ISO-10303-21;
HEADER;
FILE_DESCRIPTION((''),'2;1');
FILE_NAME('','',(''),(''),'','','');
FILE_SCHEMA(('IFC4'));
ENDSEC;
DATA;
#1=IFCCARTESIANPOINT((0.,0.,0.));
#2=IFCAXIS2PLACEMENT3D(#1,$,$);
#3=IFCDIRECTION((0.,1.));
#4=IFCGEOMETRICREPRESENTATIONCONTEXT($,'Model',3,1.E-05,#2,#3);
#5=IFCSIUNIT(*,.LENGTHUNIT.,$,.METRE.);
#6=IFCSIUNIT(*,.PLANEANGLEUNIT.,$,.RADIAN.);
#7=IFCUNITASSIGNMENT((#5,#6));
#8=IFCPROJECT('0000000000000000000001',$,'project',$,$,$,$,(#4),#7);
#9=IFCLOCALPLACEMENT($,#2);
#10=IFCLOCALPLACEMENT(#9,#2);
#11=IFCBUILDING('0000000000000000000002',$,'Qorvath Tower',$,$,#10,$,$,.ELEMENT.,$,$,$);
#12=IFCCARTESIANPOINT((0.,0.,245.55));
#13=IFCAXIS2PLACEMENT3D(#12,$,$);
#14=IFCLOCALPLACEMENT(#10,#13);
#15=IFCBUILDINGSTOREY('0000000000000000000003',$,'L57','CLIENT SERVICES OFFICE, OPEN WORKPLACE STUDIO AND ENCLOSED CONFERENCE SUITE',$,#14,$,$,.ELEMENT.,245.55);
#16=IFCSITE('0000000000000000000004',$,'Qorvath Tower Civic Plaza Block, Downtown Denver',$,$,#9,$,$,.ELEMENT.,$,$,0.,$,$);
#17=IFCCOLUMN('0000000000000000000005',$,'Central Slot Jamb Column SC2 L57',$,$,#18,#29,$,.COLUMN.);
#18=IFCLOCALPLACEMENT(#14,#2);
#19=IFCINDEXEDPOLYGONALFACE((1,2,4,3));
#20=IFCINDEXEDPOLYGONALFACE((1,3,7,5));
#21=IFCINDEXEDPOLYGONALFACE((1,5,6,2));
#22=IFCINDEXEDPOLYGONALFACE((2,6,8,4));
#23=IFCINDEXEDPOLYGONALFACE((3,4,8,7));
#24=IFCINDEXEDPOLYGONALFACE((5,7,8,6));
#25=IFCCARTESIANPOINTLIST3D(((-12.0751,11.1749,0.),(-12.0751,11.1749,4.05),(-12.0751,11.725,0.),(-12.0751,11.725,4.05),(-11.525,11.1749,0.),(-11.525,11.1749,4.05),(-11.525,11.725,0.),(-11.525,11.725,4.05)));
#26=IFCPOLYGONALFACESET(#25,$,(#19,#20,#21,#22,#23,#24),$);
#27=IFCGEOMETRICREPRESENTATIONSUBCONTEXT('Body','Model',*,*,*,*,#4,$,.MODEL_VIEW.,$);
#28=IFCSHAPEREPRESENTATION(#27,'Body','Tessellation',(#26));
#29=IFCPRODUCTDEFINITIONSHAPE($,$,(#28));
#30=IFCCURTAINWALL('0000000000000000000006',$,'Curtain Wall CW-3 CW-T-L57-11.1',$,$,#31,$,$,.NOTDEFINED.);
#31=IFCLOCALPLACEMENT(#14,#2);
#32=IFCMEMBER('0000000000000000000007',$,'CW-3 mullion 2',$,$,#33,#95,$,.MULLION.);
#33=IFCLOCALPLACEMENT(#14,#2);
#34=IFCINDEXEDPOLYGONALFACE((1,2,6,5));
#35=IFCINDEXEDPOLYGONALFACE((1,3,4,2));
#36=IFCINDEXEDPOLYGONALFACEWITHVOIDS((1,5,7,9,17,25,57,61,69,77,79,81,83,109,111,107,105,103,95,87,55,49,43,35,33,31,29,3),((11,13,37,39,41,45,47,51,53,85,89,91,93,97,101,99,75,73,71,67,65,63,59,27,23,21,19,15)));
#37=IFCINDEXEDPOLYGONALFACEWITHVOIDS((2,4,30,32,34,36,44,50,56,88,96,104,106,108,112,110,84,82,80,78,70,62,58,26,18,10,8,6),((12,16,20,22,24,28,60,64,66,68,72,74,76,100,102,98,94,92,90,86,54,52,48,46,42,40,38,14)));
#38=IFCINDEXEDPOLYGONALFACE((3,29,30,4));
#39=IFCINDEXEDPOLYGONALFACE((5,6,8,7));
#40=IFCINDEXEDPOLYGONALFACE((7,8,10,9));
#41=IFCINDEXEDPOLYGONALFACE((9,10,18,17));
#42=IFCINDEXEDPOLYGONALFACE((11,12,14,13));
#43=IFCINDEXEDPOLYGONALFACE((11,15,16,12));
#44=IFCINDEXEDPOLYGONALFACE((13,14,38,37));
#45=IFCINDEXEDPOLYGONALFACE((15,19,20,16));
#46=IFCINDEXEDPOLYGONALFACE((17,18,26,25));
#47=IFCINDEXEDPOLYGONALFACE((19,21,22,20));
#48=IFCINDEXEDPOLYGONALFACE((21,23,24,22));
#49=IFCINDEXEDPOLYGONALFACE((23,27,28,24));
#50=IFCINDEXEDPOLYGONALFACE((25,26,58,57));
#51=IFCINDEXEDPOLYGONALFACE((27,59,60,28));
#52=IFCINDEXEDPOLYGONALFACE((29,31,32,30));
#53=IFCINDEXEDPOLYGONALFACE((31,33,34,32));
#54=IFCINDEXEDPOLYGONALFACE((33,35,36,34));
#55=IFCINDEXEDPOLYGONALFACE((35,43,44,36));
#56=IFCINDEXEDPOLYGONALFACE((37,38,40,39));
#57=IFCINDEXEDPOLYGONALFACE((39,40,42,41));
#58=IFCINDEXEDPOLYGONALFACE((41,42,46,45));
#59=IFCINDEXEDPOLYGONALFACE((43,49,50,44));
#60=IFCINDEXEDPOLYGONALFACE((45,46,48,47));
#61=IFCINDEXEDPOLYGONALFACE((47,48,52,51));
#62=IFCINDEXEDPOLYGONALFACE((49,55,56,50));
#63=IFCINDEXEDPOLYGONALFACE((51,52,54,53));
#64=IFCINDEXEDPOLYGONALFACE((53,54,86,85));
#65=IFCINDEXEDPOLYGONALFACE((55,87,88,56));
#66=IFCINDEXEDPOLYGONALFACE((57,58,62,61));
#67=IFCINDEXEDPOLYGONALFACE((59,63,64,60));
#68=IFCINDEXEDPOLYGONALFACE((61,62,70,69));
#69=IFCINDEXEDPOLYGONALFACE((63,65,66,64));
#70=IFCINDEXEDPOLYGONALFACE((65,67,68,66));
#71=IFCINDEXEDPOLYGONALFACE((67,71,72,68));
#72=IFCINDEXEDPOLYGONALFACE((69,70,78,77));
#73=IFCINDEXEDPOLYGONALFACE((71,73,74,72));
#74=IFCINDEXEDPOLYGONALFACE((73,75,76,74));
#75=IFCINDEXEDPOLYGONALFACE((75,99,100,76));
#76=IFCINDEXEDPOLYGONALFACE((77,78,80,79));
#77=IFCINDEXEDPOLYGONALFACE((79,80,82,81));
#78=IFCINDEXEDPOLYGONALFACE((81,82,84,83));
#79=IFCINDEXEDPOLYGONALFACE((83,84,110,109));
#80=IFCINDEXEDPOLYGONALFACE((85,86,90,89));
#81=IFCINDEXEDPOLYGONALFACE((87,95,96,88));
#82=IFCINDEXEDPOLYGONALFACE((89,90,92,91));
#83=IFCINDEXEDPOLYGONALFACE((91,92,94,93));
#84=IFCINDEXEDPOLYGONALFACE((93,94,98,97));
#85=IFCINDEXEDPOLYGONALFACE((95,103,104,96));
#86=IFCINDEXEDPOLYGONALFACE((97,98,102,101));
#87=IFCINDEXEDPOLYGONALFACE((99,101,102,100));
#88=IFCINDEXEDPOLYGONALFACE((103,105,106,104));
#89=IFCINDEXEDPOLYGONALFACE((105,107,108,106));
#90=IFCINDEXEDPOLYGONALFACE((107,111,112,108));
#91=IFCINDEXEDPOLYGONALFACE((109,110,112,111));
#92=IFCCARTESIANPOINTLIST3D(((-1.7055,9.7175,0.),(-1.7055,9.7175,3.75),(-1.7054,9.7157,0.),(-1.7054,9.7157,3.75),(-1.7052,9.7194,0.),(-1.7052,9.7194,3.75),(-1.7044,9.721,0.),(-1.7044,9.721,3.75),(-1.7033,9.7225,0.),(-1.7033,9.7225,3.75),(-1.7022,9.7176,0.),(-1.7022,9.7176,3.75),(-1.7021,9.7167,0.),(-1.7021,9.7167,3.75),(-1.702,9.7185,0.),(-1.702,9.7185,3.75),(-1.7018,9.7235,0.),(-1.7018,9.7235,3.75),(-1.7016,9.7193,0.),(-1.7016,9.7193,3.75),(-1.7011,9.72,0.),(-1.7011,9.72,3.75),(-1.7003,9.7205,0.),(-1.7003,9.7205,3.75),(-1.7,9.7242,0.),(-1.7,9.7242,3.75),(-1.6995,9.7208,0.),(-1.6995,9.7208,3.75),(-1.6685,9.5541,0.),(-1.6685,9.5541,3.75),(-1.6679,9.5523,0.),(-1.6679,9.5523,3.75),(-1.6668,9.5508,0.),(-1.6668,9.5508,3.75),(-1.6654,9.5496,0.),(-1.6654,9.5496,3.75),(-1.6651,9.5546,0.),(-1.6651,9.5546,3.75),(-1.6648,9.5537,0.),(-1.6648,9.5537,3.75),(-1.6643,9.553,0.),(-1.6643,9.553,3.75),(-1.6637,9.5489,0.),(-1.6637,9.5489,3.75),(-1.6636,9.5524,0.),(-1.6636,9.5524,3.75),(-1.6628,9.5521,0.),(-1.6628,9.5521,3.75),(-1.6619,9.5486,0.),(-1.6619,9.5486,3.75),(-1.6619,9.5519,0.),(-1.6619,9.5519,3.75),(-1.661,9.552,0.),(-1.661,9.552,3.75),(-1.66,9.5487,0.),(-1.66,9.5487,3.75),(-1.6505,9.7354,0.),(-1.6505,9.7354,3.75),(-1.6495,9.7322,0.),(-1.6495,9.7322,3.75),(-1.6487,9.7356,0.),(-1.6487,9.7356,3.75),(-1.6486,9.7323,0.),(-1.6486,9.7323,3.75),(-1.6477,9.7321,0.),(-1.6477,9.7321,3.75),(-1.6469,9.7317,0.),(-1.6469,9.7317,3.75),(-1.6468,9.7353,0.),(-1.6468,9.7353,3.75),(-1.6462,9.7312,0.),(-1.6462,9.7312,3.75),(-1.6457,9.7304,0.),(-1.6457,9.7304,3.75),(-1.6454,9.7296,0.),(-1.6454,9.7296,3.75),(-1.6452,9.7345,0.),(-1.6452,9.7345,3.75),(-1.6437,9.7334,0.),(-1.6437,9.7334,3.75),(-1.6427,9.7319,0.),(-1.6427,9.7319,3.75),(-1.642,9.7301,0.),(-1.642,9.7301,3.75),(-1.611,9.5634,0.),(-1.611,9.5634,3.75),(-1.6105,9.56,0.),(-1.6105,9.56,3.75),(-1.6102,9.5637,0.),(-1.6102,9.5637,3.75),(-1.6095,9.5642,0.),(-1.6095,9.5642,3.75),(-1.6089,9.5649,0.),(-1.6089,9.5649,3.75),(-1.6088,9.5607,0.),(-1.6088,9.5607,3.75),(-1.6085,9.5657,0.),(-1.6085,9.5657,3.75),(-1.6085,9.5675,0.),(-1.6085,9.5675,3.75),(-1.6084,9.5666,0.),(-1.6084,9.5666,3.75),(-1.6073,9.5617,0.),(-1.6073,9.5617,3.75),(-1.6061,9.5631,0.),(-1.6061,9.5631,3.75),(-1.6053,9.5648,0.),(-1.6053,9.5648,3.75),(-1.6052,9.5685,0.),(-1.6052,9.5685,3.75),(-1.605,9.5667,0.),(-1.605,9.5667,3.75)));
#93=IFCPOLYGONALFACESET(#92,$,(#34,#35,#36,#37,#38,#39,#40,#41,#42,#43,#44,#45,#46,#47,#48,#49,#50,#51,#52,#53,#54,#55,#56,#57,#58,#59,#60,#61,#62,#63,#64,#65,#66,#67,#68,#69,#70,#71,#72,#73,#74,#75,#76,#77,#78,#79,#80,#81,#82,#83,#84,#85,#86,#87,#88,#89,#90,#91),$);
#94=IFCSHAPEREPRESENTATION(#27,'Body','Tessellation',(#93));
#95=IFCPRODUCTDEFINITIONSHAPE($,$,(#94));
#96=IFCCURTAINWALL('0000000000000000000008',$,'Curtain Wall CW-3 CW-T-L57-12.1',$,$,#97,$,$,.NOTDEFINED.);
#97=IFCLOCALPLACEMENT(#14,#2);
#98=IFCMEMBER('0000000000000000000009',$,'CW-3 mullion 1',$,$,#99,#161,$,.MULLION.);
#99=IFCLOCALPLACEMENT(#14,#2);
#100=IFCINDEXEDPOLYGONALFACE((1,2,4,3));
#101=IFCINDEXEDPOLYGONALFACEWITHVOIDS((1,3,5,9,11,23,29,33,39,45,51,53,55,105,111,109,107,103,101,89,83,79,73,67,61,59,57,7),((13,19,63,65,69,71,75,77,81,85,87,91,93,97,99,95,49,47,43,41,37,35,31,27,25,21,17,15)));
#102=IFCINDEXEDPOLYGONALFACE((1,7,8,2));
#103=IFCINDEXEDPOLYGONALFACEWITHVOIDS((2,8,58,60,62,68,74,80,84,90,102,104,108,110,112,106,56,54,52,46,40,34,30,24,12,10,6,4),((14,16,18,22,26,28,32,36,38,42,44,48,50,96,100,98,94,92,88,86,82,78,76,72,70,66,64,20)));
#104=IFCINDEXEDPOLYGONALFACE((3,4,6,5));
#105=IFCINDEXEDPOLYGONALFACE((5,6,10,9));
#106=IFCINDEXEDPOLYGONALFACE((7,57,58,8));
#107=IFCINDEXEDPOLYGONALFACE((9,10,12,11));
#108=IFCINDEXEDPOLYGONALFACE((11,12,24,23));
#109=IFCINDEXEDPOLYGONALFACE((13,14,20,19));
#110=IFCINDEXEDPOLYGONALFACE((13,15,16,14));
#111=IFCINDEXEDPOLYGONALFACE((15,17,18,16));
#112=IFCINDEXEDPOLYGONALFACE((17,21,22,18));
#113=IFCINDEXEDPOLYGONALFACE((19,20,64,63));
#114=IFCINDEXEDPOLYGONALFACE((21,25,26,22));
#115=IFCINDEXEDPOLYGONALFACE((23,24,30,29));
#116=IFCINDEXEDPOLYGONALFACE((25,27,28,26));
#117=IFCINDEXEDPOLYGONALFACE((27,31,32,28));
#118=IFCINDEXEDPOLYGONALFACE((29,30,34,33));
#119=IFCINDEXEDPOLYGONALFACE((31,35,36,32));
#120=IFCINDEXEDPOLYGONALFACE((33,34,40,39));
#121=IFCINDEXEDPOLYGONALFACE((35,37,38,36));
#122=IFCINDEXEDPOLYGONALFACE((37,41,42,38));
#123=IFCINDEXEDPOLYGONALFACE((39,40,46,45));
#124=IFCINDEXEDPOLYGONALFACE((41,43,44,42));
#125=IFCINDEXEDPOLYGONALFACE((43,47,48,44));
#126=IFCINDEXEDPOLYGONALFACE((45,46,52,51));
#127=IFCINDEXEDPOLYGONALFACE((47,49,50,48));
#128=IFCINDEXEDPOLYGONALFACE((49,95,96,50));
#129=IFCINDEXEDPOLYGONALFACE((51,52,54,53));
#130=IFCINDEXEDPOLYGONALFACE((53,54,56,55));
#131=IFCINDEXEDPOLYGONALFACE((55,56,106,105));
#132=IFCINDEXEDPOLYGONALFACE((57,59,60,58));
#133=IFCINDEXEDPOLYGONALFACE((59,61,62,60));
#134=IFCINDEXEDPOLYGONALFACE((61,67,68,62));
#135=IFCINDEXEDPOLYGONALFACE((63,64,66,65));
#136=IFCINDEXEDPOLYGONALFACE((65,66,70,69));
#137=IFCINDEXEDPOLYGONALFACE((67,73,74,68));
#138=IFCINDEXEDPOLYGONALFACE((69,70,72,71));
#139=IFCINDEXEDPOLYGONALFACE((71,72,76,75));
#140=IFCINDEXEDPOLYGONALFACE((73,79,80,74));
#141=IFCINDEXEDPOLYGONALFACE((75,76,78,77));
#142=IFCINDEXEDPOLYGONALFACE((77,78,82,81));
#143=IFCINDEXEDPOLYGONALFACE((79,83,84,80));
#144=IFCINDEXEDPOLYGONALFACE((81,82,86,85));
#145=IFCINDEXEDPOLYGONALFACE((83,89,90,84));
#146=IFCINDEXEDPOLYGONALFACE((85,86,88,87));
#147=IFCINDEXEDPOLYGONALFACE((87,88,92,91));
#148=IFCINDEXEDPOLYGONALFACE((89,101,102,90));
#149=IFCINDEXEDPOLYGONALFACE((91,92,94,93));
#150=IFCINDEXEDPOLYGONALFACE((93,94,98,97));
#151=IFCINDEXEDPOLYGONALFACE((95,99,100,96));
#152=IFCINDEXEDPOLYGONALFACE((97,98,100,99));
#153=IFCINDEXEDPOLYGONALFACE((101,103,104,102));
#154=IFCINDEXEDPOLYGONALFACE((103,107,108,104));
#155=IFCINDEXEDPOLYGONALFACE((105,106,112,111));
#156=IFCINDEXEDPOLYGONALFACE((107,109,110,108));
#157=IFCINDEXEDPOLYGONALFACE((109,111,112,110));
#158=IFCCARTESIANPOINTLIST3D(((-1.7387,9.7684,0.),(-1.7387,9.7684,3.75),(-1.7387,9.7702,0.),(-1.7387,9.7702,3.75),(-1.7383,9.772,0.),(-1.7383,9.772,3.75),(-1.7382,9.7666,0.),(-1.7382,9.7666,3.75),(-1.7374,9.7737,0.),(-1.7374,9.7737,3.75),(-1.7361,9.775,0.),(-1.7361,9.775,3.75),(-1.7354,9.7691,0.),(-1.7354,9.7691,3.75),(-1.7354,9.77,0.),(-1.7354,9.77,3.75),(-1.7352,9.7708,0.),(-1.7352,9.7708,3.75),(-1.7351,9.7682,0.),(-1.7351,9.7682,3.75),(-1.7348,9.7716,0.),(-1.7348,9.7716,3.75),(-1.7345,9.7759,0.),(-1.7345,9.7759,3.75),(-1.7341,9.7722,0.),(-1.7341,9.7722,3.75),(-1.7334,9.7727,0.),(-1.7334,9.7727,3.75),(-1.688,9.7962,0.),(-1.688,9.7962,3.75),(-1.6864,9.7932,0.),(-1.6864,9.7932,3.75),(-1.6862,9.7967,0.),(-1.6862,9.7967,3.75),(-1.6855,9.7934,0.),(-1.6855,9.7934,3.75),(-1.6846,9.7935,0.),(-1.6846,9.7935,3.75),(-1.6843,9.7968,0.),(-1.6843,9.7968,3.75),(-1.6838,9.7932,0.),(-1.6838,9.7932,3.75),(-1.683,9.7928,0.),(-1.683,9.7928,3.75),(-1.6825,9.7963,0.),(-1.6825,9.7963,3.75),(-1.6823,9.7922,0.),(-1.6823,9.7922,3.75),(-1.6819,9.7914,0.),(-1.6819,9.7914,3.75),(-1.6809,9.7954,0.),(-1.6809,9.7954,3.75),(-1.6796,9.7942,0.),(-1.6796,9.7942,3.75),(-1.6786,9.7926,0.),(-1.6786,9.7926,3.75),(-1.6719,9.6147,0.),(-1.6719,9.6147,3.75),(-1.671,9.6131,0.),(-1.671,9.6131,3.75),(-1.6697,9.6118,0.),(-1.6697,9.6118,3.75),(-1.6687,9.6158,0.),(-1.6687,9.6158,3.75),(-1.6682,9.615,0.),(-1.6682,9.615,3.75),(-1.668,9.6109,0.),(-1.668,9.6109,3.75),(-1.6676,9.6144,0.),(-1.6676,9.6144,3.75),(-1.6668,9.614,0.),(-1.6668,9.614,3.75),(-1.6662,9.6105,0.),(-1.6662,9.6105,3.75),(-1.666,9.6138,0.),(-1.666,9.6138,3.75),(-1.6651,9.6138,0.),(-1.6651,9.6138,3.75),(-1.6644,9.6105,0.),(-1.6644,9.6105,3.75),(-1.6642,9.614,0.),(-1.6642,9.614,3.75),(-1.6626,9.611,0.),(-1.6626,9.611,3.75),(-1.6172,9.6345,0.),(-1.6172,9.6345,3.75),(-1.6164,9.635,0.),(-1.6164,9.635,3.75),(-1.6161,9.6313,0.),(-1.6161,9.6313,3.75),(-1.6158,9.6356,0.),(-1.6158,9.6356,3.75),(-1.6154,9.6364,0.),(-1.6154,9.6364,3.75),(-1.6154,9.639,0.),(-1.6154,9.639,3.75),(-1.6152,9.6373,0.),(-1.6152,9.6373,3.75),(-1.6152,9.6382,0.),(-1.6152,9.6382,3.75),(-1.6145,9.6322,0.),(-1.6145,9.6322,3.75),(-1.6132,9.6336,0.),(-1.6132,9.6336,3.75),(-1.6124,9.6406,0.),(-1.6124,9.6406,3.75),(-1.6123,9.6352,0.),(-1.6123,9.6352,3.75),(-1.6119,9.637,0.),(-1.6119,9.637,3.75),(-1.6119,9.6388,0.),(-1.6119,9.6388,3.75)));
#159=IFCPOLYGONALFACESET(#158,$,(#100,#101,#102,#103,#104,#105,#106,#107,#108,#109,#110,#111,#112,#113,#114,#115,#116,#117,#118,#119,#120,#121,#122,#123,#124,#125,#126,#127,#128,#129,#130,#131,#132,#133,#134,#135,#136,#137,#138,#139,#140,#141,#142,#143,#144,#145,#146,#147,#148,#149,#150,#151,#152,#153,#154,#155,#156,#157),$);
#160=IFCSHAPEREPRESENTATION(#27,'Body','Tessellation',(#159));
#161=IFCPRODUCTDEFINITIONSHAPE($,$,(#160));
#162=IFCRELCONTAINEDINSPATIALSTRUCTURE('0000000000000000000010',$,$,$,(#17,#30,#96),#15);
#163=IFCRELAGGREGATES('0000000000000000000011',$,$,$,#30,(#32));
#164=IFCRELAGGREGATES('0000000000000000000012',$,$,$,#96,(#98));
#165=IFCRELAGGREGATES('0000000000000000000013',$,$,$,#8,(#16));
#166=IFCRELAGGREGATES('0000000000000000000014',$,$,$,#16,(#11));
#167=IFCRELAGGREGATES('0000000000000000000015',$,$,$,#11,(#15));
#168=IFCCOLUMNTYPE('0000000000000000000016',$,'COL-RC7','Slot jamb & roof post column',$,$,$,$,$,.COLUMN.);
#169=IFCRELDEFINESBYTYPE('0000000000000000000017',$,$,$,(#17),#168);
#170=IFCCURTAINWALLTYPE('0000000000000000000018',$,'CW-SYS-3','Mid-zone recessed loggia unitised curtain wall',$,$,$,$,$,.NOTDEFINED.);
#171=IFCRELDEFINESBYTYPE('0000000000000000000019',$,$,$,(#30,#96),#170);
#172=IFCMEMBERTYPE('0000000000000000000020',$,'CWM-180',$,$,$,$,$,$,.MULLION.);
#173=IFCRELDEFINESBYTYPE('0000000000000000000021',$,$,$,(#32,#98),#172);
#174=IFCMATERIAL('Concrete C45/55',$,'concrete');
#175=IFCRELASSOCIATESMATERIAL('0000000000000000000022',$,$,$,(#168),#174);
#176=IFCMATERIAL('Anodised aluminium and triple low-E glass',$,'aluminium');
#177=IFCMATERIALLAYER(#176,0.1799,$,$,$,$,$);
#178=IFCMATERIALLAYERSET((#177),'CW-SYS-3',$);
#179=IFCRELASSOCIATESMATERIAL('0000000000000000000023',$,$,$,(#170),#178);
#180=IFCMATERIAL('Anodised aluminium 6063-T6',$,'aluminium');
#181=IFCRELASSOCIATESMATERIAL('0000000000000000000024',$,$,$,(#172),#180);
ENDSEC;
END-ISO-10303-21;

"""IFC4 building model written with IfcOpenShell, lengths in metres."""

from ifc_helpers import new_model, si_unit, direction, frame, origin, origin_2d, place, context, subcontext, project, spatial, rectangle, hollow_rectangle, extrude, material, layer, layer_set, material_profile, profile_set, type_object, element, aggregate, save


model = new_model("IFC4")

# Units and contexts
model_context = context("Model", 3, precision=1e-05, world=origin(), true_north=direction((0.0, 1.0)))
body_context = subcontext(model_context, "Body", "Model", "MODEL_VIEW")
ifc_project = project(units=[si_unit("LENGTHUNIT", "METRE"), si_unit("PLANEANGLEUNIT", "RADIAN")], contexts=[model_context])

# Site, building, storey
site_placement = place(None, origin())
site = spatial("IfcSite", under=ifc_project, at=site_placement, Name="Qorvath Tower Civic Plaza Block, Downtown Denver", CompositionType="ELEMENT", RefElevation=0.0)
building_placement = place(site_placement, origin())
building = spatial("IfcBuilding", under=site, at=building_placement, Name="Qorvath Tower", CompositionType="ELEMENT")
storey_placement = place(building_placement, frame((0.0, 0.0, 245.55)))
storey = spatial("IfcBuildingStorey", under=building, at=storey_placement, Name="L57", Description="CLIENT SERVICES OFFICE, OPEN WORKPLACE STUDIO AND ENCLOSED CONFERENCE SUITE", CompositionType="ELEMENT", Elevation=245.55)

# Column
ifc_material_1 = material(Name="Concrete C45/55", Category="concrete")
ifc_material_profile_1 = material_profile(ifc_material_1, rectangle(XDim=0.55, YDim=0.55, at=origin_2d()), Name="RC 550x550")
ifc_profile_set_1 = profile_set([ifc_material_profile_1], Name="Concrete C45/55")
column_type = type_object("IfcColumnType", Name="COL-RC7", Description="Slot jamb & roof post column", PredefinedType="COLUMN", material=ifc_profile_set_1)
column_placement = place(storey_placement, frame((-11.8, 11.45, 0.0), z_axis=(0.0, 0.0, 1.0), x_axis=(1.0, 0.0, 0.0)))
element("IfcColumn", 1, at=column_placement, inside=storey, type_object=column_type, Name="Central Slot Jamb Column SC2 L57", PredefinedType="COLUMN", context=body_context, shape_type="SweptSolid", body=[
    extrude(rectangle(XDim=0.55, YDim=0.55, at=origin_2d()), origin(), (0.0, 0.0, 1.0), 4.05),
])

# Curtain wall, member
ifc_material_2 = material(Name="Anodised aluminium and triple low-E glass", Category="aluminium")
ifc_layer_1 = layer(ifc_material_2, 0.1799)
ifc_layer_set_1 = layer_set([ifc_layer_1], Name="CW-SYS-3")
curtain_wall_type = type_object("IfcCurtainWallType", Name="CW-SYS-3", Description="Mid-zone recessed loggia unitised curtain wall", PredefinedType="NOTDEFINED", material=ifc_layer_set_1)
curtain_wall_1_placement = place(storey_placement, origin())
curtain_wall_1 = element("IfcCurtainWall", 2, at=curtain_wall_1_placement, inside=storey, type_object=curtain_wall_type, Name="Curtain Wall CW-3 CW-T-L57-11.1", PredefinedType="NOTDEFINED")
ifc_material_3 = material(Name="Anodised aluminium 6063-T6", Category="aluminium")
ifc_material_profile_2 = material_profile(ifc_material_3, hollow_rectangle(XDim=0.0649, YDim=0.1799, WallThickness=0.0034, InnerFilletRadius=0.0034, OuterFilletRadius=0.0071, at=origin_2d()), Name="CWM 180x65")
ifc_profile_set_2 = profile_set([ifc_material_profile_2], Name="Anodised aluminium 6063-T6")
member_type_1 = type_object("IfcMemberType", Name="CWM-180", PredefinedType="MULLION", material=ifc_profile_set_2)
member_1_placement = place(storey_placement, frame((-1.6553, 9.6421, 0.0), z_axis=(0.0, 0.0, 1.0), x_axis=(-0.975, -0.222206, 0.0)))
member_1 = element("IfcMember", 3, at=member_1_placement, type_object=member_type_1, Name="CW-3 mullion 2", PredefinedType="MULLION", context=body_context, shape_type="SweptSolid", body=[
    extrude(hollow_rectangle(XDim=0.0649, YDim=0.1799, WallThickness=0.0034, InnerFilletRadius=0.0034, OuterFilletRadius=0.0071, at=origin_2d()), origin(), (0.0, 0.0, 1.0), 3.75),
])
aggregate(curtain_wall_1, [member_1])

# Curtain wall, member
curtain_wall_2_placement = place(storey_placement, origin())
curtain_wall_2 = element("IfcCurtainWall", 4, at=curtain_wall_2_placement, inside=storey, type_object=curtain_wall_type, Name="Curtain Wall CW-3 CW-T-L57-12.1", PredefinedType="NOTDEFINED")
member_2_placement = place(storey_placement, frame((-1.6753, 9.7036, 0.0), z_axis=(0.0, 0.0, 1.0), x_axis=(-0.9167, -0.399576, 0.0)))
member_2 = element("IfcMember", 5, at=member_2_placement, type_object=member_type_1, Name="CW-3 mullion 1", PredefinedType="MULLION", context=body_context, shape_type="SweptSolid", body=[
    extrude(hollow_rectangle(XDim=0.0649, YDim=0.1799, WallThickness=0.0034, InnerFilletRadius=0.0034, OuterFilletRadius=0.0071, at=origin_2d()), origin(), (0.0, 0.0, 1.0), 3.75),
])

aggregate(curtain_wall_2, [member_2])

save(model, "model.ifc")
